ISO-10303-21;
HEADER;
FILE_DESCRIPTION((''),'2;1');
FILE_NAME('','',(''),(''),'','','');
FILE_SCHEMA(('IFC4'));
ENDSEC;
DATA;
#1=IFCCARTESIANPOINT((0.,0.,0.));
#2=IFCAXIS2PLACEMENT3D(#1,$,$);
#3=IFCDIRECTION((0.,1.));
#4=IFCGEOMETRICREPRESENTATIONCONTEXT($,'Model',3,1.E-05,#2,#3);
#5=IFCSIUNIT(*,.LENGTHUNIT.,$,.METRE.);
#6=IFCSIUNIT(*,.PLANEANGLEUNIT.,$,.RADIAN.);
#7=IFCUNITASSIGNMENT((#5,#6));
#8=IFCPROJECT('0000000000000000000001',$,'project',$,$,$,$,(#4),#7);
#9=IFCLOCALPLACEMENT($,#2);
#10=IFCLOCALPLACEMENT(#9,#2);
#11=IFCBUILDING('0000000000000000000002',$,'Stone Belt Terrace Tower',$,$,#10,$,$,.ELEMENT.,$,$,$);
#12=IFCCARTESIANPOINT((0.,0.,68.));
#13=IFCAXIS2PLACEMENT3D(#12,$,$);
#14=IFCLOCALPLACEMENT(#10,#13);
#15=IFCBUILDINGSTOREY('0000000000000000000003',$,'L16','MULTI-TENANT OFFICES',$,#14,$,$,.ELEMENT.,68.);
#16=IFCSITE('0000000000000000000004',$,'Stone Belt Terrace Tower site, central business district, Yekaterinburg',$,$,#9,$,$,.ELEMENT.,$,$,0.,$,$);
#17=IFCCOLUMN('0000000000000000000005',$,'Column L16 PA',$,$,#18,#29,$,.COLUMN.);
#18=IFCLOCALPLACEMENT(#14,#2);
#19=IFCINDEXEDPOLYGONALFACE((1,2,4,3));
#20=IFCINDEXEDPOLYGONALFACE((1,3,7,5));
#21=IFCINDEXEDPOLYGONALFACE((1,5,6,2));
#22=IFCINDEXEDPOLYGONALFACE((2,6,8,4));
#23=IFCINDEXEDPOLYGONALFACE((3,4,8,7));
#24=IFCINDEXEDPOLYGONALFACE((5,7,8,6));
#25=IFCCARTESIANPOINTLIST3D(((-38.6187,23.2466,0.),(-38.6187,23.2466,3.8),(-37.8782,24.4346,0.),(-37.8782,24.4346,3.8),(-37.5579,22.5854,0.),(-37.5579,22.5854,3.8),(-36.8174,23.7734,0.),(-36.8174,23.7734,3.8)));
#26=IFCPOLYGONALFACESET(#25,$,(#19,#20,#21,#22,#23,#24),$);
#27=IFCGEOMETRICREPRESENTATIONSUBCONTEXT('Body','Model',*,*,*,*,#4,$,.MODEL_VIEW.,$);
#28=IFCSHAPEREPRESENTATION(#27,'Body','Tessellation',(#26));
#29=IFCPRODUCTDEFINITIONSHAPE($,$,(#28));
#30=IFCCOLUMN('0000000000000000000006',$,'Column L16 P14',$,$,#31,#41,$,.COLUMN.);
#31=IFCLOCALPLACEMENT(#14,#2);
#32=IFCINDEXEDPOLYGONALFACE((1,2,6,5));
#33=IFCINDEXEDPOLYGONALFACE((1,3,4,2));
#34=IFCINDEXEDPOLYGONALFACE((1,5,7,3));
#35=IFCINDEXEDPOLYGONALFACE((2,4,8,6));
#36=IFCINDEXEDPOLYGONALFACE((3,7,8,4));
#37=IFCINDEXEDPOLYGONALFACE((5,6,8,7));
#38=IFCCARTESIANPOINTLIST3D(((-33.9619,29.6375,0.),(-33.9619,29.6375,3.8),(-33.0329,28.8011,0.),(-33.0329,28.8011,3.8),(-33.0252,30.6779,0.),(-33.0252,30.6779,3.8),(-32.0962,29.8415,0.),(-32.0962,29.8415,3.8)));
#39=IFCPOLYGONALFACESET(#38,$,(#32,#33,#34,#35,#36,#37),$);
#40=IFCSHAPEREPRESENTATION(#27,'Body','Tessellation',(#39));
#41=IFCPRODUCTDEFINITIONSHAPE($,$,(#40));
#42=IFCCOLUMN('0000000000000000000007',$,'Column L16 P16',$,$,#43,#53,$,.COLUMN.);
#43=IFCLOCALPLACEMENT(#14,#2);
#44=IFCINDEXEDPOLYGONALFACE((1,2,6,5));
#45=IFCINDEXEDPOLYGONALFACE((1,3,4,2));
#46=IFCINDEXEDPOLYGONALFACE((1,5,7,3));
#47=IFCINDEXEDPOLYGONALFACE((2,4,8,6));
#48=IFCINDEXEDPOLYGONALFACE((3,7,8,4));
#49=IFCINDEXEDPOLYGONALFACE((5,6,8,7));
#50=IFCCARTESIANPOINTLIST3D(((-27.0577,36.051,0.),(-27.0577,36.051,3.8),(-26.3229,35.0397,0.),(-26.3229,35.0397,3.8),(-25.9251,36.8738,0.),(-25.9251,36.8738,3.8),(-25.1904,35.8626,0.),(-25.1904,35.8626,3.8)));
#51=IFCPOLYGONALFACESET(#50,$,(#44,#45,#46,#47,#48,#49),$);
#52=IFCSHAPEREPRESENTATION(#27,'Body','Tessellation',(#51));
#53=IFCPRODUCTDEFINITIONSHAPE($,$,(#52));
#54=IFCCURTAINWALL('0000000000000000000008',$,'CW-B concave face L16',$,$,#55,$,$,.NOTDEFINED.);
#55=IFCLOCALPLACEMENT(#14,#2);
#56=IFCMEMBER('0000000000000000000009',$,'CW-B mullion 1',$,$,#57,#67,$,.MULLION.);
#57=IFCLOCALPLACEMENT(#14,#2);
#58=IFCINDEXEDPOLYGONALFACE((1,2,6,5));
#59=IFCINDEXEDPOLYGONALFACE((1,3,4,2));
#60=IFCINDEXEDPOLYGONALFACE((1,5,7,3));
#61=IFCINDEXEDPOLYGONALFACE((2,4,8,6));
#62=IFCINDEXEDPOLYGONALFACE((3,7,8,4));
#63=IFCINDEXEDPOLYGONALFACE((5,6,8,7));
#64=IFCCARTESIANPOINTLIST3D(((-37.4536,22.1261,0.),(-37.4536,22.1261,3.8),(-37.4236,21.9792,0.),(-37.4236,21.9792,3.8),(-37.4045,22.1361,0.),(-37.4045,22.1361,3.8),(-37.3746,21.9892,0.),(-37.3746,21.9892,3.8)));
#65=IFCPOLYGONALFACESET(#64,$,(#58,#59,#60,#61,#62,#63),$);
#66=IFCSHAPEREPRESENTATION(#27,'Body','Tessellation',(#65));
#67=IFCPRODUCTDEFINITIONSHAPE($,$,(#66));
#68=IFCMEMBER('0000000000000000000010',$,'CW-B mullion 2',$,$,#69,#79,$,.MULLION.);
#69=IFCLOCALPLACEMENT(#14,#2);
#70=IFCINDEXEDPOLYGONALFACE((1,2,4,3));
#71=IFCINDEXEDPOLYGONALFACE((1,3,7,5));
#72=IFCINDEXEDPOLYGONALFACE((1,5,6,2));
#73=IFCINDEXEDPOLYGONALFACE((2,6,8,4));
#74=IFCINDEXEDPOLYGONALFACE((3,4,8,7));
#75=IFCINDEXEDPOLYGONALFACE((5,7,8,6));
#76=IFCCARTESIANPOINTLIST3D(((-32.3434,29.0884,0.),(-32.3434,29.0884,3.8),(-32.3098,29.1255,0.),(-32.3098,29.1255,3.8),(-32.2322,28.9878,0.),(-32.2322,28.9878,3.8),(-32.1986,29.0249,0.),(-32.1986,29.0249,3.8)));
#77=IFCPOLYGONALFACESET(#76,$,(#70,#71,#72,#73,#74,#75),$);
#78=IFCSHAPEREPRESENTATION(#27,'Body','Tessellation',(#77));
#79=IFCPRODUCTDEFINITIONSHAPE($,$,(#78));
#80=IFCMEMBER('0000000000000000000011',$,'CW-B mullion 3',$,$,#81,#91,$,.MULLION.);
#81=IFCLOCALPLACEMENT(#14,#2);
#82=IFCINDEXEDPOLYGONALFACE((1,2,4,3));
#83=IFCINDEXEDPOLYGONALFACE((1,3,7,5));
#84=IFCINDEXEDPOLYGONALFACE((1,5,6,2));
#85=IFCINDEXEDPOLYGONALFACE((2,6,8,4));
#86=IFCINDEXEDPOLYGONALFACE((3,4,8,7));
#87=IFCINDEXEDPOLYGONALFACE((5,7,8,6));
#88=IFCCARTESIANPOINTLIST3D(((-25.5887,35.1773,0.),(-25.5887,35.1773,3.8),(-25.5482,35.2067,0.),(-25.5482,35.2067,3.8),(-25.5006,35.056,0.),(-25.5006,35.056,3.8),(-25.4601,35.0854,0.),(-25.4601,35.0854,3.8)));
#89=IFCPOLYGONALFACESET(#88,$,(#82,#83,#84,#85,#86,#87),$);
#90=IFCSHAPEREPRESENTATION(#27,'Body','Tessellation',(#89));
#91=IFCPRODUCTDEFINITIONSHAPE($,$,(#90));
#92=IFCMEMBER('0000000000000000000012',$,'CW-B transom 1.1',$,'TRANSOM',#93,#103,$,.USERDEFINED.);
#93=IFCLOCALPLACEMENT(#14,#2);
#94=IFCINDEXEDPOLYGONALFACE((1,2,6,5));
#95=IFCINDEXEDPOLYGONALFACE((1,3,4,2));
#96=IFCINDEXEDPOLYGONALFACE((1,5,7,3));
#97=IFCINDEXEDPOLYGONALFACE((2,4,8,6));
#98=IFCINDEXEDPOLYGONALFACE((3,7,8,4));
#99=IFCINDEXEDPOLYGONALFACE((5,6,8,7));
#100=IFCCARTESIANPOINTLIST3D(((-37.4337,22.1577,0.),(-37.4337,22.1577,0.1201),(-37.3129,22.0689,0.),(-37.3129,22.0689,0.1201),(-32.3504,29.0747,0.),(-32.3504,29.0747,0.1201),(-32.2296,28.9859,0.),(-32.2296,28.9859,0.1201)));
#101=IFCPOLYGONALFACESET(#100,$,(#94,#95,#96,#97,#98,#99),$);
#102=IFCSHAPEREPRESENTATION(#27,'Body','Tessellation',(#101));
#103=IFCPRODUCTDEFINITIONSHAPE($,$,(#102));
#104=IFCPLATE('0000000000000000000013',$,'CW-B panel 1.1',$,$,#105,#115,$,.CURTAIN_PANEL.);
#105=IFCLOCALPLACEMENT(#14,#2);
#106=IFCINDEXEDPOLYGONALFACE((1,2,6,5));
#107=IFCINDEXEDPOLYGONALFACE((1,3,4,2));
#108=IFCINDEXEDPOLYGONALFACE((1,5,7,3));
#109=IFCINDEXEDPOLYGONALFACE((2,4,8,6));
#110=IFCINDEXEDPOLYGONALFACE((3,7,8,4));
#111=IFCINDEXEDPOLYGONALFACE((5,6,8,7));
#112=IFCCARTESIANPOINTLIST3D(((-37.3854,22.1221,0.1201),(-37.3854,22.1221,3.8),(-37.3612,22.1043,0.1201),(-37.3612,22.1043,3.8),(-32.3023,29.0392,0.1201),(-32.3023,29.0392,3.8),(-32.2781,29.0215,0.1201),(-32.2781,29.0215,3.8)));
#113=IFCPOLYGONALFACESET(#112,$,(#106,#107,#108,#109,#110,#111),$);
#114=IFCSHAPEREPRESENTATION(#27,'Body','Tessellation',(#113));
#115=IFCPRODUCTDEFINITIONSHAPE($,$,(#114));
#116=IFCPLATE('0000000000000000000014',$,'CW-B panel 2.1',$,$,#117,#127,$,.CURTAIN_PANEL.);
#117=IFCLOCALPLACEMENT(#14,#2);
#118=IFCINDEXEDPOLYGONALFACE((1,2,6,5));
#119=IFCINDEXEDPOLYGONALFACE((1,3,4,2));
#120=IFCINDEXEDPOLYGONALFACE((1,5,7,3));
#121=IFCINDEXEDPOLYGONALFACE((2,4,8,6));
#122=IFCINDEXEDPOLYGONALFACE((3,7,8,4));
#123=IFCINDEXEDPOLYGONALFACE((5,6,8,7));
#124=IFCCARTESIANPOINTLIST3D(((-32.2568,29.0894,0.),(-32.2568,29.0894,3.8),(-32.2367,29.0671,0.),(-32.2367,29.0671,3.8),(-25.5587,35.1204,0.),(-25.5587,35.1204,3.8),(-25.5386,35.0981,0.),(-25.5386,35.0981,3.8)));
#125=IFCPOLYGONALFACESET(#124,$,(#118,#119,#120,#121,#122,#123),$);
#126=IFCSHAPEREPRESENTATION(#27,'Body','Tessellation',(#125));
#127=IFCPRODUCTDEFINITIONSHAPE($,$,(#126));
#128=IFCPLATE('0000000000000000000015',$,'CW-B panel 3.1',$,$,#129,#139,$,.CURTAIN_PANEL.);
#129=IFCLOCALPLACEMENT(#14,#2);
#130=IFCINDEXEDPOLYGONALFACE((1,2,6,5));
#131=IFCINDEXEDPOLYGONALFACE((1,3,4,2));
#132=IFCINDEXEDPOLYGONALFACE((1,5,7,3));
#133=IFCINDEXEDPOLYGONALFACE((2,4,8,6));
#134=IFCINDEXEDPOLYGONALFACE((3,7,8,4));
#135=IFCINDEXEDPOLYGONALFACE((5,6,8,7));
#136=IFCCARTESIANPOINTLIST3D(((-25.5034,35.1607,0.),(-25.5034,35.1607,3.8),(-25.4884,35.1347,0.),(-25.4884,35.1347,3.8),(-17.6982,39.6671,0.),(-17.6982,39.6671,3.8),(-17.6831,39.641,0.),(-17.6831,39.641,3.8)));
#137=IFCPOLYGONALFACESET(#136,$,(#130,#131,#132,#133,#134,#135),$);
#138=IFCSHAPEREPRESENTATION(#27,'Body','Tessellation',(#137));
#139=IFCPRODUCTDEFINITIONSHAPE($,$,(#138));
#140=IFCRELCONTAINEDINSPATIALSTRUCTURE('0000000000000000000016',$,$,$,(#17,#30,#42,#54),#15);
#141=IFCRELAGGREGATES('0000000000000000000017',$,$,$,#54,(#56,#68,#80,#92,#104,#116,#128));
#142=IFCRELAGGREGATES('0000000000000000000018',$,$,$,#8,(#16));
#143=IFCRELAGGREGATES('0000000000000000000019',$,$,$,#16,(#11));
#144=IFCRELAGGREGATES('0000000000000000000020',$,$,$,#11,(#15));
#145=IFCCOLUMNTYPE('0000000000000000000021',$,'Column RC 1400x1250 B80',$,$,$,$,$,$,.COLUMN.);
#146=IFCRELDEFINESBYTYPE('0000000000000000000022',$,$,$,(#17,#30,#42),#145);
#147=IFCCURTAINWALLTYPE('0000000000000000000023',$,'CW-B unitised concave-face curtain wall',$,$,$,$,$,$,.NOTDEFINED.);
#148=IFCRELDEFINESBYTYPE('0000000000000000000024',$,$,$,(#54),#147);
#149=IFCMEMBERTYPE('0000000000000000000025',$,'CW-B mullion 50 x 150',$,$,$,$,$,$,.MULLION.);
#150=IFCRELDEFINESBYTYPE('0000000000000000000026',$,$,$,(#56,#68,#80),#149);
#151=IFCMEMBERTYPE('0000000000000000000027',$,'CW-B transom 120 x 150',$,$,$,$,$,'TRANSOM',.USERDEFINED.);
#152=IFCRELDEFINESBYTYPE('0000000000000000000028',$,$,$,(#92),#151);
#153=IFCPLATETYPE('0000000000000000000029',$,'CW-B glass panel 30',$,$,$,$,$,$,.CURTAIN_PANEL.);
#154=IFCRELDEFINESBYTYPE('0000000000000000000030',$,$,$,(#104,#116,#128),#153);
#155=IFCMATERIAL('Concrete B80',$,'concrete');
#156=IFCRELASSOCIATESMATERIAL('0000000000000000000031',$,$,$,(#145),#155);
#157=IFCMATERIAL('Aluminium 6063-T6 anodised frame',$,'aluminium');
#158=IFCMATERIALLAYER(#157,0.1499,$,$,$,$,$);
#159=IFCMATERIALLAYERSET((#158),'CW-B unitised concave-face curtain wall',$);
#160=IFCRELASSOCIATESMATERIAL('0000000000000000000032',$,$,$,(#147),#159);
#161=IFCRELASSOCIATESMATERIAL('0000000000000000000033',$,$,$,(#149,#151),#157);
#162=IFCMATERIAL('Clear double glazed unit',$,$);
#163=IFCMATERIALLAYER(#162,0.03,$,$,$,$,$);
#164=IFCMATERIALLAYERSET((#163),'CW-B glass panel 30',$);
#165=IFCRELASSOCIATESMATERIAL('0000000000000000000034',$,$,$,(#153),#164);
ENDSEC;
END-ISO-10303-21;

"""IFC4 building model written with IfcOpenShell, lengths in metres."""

from ifc_helpers import new_model, si_unit, direction, frame, origin, origin_2d, place, context, subcontext, project, spatial, rectangle, extrude, material, layer, layer_set, material_profile, profile_set, type_object, element, aggregate, save


model = new_model("IFC4")

# Units and contexts
model_context = context("Model", 3, precision=1e-05, world=origin(), true_north=direction((0.0, 1.0)))
body_context = subcontext(model_context, "Body", "Model", "MODEL_VIEW")
ifc_project = project(units=[si_unit("LENGTHUNIT", "METRE"), si_unit("PLANEANGLEUNIT", "RADIAN")], contexts=[model_context])

# Site, building, storey
site_placement = place(None, origin())
site = spatial("IfcSite", under=ifc_project, at=site_placement, Name="Stone Belt Terrace Tower site, central business district, Yekaterinburg", CompositionType="ELEMENT", RefElevation=0.0)
building_placement = place(site_placement, origin())
building = spatial("IfcBuilding", under=site, at=building_placement, Name="Stone Belt Terrace Tower", CompositionType="ELEMENT")
storey_placement = place(building_placement, frame((0.0, 0.0, 68.0)))
storey = spatial("IfcBuildingStorey", under=building, at=storey_placement, Name="L16", Description="MULTI-TENANT OFFICES", CompositionType="ELEMENT", Elevation=68.0)

# Columns
ifc_material_1 = material(Name="Concrete B80", Category="concrete")
ifc_material_profile_1 = material_profile(ifc_material_1, rectangle(XDim=1.3999, YDim=1.25, at=origin_2d()), Name="RC 1400x1250")
ifc_profile_set_1 = profile_set([ifc_material_profile_1], Name="Concrete B80")
column_type = type_object("IfcColumnType", Name="Column RC 1400x1250 B80", PredefinedType="COLUMN", material=ifc_profile_set_1)
for number, where, z_axis, x_axis, name in (
    (1, (-37.718, 23.51, 0.0), (0.0, 0.0, 1.0), (0.528967, 0.848642, 0.0), "Column L16 PA"),
    (2, (-33.0291, 29.7395, 0.0), (0.0, 0.0, 1.0), (0.669131, 0.743145, 0.0), "Column L16 P14"),
    (3, (-26.124, 35.9568, 0.0), (0.0, 0.0, 1.0), (0.809017, 0.587785, 0.0), "Column L16 P16"),
):
    element("IfcColumn", number, at=place(storey_placement, frame(where, z_axis=z_axis, x_axis=x_axis)), inside=storey, type_object=column_type, Name=name, PredefinedType="COLUMN", context=body_context, shape_type="SweptSolid", body=[
        extrude(rectangle(XDim=1.3999, YDim=1.25, at=origin_2d()), origin(), (0.0, 0.0, 1.0), 3.8),
    ])

# Curtain wall, members, plates
ifc_material_2 = material(Name="Aluminium 6063-T6 anodised frame", Category="aluminium")
ifc_layer_1 = layer(ifc_material_2, 0.1499)
ifc_layer_set_1 = layer_set([ifc_layer_1], Name="CW-B unitised concave-face curtain wall")
curtain_wall_type = type_object("IfcCurtainWallType", Name="CW-B unitised concave-face curtain wall", PredefinedType="NOTDEFINED", material=ifc_layer_set_1)
curtain_wall_placement = place(storey_placement, origin())
curtain_wall = element("IfcCurtainWall", 4, at=curtain_wall_placement, inside=storey, type_object=curtain_wall_type, Name="CW-B concave face L16", PredefinedType="NOTDEFINED")
ifc_material_profile_2 = material_profile(ifc_material_2, rectangle(XDim=0.1499, YDim=0.05, at=origin_2d()), Name="Aluminium 6063-T6 50x150")
ifc_profile_set_2 = profile_set([ifc_material_profile_2], Name="Aluminium 6063-T6 anodised frame")
member_type_1 = type_object("IfcMemberType", Name="CW-B mullion 50 x 150", PredefinedType="MULLION", material=ifc_profile_set_2)
member_1_placement = place(storey_placement, frame((-37.4141, 22.0576, 0.0), z_axis=(0.0, 0.0, 1.0), x_axis=(-0.199957, 0.979805, 0.0)))
member_1 = element("IfcMember", 5, at=member_1_placement, type_object=member_type_1, Name="CW-B mullion 1", PredefinedType="MULLION", context=body_context, shape_type="SweptSolid", body=[
    extrude(rectangle(XDim=0.1499, YDim=0.05, at=origin_2d()), origin(), (0.0, 0.0, 1.0), 3.8),
])
member_2_placement = place(storey_placement, frame((-32.271, 29.0566, 0.0), z_axis=(0.0, 0.0, 1.0), x_axis=(-0.74133, 0.671141, 0.0)))
member_2 = element("IfcMember", 6, at=member_2_placement, type_object=member_type_1, Name="CW-B mullion 2", PredefinedType="MULLION", context=body_context, shape_type="SweptSolid", body=[
    extrude(rectangle(XDim=0.1499, YDim=0.05, at=origin_2d()), origin(), (0.0, 0.0, 1.0), 3.8),
])
member_3_placement = place(storey_placement, frame((-25.5244, 35.1313, 0.0), z_axis=(0.0, 0.0, 1.0), x_axis=(-0.587785, 0.809017, 0.0)))
member_3 = element("IfcMember", 7, at=member_3_placement, type_object=member_type_1, Name="CW-B mullion 3", PredefinedType="MULLION", context=body_context, shape_type="SweptSolid", body=[
    extrude(rectangle(XDim=0.1499, YDim=0.05, at=origin_2d()), origin(), (0.0, 0.0, 1.0), 3.8),
])
ifc_material_profile_3 = material_profile(ifc_material_2, rectangle(XDim=0.1499, YDim=0.1201, at=origin_2d()), Name="Aluminium 6063-T6 150x120")
ifc_profile_set_3 = profile_set([ifc_material_profile_3], Name="Aluminium 6063-T6 anodised frame")
member_type_2 = type_object("IfcMemberType", Name="CW-B transom 120 x 150", ElementType="TRANSOM", PredefinedType="USERDEFINED", material=ifc_profile_set_3)
member_4_placement = place(storey_placement, frame((-37.3733, 22.1133, 0.0601), z_axis=(0.592181, 0.805805, 0.0), x_axis=(-0.805805, 0.592181, 0.0)))
member_4 = element("IfcMember", 8, at=member_4_placement, type_object=member_type_2, Name="CW-B transom 1.1", ObjectType="TRANSOM", PredefinedType="USERDEFINED", context=body_context, shape_type="SweptSolid", body=[
    extrude(rectangle(XDim=0.1499, YDim=0.1201, at=origin_2d()), origin(), (0.0, 0.0, 1.0), 8.584),
])
ifc_material_3 = material(Name="Clear double glazed unit")
ifc_layer_2 = layer(ifc_material_3, 0.03)
ifc_layer_set_2 = layer_set([ifc_layer_2], Name="CW-B glass panel 30")
plate_type = type_object("IfcPlateType", Name="CW-B glass panel 30", PredefinedType="CURTAIN_PANEL", material=ifc_layer_set_2)
plate_1_placement = place(storey_placement, frame((-34.8318, 25.5718, 0.1201), z_axis=(0.0, 0.0, 1.0), x_axis=(0.592159, 0.805821, 0.0)))
plate_1 = element("IfcPlate", 9, at=plate_1_placement, type_object=plate_type, Name="CW-B panel 1.1", PredefinedType="CURTAIN_PANEL", context=body_context, shape_type="SweptSolid", body=[
    extrude(rectangle(XDim=8.584, YDim=0.03, at=origin_2d()), origin(), (0.0, 0.0, 1.0), 3.6799),
])
plate_2_placement = place(storey_placement, frame((-28.8977, 32.0938, 0.0), z_axis=(0.0, 0.0, 1.0), x_axis=(0.743145, 0.669131, 0.0)))
plate_2 = element("IfcPlate", 10, at=plate_2_placement, type_object=plate_type, Name="CW-B panel 2.1", PredefinedType="CURTAIN_PANEL", context=body_context, shape_type="SweptSolid", body=[
    extrude(rectangle(XDim=9.0132, YDim=0.03, at=origin_2d()), origin(), (0.0, 0.0, 1.0), 3.8),
])
plate_3_placement = place(storey_placement, frame((-21.5933, 37.4009, 0.0), z_axis=(0.0, 0.0, 1.0), x_axis=(0.866025, 0.5, 0.0)))
plate_3 = element("IfcPlate", 11, at=plate_3_placement, type_object=plate_type, Name="CW-B panel 3.1", PredefinedType="CURTAIN_PANEL", context=body_context, shape_type="SweptSolid", body=[
    extrude(rectangle(XDim=9.0127, YDim=0.03, at=origin_2d()), origin(), (0.0, 0.0, 1.0), 3.8),
])
aggregate(curtain_wall, [member_1, member_2, member_3, member_4, plate_1, plate_2, plate_3])

save(model, "model.ifc")
